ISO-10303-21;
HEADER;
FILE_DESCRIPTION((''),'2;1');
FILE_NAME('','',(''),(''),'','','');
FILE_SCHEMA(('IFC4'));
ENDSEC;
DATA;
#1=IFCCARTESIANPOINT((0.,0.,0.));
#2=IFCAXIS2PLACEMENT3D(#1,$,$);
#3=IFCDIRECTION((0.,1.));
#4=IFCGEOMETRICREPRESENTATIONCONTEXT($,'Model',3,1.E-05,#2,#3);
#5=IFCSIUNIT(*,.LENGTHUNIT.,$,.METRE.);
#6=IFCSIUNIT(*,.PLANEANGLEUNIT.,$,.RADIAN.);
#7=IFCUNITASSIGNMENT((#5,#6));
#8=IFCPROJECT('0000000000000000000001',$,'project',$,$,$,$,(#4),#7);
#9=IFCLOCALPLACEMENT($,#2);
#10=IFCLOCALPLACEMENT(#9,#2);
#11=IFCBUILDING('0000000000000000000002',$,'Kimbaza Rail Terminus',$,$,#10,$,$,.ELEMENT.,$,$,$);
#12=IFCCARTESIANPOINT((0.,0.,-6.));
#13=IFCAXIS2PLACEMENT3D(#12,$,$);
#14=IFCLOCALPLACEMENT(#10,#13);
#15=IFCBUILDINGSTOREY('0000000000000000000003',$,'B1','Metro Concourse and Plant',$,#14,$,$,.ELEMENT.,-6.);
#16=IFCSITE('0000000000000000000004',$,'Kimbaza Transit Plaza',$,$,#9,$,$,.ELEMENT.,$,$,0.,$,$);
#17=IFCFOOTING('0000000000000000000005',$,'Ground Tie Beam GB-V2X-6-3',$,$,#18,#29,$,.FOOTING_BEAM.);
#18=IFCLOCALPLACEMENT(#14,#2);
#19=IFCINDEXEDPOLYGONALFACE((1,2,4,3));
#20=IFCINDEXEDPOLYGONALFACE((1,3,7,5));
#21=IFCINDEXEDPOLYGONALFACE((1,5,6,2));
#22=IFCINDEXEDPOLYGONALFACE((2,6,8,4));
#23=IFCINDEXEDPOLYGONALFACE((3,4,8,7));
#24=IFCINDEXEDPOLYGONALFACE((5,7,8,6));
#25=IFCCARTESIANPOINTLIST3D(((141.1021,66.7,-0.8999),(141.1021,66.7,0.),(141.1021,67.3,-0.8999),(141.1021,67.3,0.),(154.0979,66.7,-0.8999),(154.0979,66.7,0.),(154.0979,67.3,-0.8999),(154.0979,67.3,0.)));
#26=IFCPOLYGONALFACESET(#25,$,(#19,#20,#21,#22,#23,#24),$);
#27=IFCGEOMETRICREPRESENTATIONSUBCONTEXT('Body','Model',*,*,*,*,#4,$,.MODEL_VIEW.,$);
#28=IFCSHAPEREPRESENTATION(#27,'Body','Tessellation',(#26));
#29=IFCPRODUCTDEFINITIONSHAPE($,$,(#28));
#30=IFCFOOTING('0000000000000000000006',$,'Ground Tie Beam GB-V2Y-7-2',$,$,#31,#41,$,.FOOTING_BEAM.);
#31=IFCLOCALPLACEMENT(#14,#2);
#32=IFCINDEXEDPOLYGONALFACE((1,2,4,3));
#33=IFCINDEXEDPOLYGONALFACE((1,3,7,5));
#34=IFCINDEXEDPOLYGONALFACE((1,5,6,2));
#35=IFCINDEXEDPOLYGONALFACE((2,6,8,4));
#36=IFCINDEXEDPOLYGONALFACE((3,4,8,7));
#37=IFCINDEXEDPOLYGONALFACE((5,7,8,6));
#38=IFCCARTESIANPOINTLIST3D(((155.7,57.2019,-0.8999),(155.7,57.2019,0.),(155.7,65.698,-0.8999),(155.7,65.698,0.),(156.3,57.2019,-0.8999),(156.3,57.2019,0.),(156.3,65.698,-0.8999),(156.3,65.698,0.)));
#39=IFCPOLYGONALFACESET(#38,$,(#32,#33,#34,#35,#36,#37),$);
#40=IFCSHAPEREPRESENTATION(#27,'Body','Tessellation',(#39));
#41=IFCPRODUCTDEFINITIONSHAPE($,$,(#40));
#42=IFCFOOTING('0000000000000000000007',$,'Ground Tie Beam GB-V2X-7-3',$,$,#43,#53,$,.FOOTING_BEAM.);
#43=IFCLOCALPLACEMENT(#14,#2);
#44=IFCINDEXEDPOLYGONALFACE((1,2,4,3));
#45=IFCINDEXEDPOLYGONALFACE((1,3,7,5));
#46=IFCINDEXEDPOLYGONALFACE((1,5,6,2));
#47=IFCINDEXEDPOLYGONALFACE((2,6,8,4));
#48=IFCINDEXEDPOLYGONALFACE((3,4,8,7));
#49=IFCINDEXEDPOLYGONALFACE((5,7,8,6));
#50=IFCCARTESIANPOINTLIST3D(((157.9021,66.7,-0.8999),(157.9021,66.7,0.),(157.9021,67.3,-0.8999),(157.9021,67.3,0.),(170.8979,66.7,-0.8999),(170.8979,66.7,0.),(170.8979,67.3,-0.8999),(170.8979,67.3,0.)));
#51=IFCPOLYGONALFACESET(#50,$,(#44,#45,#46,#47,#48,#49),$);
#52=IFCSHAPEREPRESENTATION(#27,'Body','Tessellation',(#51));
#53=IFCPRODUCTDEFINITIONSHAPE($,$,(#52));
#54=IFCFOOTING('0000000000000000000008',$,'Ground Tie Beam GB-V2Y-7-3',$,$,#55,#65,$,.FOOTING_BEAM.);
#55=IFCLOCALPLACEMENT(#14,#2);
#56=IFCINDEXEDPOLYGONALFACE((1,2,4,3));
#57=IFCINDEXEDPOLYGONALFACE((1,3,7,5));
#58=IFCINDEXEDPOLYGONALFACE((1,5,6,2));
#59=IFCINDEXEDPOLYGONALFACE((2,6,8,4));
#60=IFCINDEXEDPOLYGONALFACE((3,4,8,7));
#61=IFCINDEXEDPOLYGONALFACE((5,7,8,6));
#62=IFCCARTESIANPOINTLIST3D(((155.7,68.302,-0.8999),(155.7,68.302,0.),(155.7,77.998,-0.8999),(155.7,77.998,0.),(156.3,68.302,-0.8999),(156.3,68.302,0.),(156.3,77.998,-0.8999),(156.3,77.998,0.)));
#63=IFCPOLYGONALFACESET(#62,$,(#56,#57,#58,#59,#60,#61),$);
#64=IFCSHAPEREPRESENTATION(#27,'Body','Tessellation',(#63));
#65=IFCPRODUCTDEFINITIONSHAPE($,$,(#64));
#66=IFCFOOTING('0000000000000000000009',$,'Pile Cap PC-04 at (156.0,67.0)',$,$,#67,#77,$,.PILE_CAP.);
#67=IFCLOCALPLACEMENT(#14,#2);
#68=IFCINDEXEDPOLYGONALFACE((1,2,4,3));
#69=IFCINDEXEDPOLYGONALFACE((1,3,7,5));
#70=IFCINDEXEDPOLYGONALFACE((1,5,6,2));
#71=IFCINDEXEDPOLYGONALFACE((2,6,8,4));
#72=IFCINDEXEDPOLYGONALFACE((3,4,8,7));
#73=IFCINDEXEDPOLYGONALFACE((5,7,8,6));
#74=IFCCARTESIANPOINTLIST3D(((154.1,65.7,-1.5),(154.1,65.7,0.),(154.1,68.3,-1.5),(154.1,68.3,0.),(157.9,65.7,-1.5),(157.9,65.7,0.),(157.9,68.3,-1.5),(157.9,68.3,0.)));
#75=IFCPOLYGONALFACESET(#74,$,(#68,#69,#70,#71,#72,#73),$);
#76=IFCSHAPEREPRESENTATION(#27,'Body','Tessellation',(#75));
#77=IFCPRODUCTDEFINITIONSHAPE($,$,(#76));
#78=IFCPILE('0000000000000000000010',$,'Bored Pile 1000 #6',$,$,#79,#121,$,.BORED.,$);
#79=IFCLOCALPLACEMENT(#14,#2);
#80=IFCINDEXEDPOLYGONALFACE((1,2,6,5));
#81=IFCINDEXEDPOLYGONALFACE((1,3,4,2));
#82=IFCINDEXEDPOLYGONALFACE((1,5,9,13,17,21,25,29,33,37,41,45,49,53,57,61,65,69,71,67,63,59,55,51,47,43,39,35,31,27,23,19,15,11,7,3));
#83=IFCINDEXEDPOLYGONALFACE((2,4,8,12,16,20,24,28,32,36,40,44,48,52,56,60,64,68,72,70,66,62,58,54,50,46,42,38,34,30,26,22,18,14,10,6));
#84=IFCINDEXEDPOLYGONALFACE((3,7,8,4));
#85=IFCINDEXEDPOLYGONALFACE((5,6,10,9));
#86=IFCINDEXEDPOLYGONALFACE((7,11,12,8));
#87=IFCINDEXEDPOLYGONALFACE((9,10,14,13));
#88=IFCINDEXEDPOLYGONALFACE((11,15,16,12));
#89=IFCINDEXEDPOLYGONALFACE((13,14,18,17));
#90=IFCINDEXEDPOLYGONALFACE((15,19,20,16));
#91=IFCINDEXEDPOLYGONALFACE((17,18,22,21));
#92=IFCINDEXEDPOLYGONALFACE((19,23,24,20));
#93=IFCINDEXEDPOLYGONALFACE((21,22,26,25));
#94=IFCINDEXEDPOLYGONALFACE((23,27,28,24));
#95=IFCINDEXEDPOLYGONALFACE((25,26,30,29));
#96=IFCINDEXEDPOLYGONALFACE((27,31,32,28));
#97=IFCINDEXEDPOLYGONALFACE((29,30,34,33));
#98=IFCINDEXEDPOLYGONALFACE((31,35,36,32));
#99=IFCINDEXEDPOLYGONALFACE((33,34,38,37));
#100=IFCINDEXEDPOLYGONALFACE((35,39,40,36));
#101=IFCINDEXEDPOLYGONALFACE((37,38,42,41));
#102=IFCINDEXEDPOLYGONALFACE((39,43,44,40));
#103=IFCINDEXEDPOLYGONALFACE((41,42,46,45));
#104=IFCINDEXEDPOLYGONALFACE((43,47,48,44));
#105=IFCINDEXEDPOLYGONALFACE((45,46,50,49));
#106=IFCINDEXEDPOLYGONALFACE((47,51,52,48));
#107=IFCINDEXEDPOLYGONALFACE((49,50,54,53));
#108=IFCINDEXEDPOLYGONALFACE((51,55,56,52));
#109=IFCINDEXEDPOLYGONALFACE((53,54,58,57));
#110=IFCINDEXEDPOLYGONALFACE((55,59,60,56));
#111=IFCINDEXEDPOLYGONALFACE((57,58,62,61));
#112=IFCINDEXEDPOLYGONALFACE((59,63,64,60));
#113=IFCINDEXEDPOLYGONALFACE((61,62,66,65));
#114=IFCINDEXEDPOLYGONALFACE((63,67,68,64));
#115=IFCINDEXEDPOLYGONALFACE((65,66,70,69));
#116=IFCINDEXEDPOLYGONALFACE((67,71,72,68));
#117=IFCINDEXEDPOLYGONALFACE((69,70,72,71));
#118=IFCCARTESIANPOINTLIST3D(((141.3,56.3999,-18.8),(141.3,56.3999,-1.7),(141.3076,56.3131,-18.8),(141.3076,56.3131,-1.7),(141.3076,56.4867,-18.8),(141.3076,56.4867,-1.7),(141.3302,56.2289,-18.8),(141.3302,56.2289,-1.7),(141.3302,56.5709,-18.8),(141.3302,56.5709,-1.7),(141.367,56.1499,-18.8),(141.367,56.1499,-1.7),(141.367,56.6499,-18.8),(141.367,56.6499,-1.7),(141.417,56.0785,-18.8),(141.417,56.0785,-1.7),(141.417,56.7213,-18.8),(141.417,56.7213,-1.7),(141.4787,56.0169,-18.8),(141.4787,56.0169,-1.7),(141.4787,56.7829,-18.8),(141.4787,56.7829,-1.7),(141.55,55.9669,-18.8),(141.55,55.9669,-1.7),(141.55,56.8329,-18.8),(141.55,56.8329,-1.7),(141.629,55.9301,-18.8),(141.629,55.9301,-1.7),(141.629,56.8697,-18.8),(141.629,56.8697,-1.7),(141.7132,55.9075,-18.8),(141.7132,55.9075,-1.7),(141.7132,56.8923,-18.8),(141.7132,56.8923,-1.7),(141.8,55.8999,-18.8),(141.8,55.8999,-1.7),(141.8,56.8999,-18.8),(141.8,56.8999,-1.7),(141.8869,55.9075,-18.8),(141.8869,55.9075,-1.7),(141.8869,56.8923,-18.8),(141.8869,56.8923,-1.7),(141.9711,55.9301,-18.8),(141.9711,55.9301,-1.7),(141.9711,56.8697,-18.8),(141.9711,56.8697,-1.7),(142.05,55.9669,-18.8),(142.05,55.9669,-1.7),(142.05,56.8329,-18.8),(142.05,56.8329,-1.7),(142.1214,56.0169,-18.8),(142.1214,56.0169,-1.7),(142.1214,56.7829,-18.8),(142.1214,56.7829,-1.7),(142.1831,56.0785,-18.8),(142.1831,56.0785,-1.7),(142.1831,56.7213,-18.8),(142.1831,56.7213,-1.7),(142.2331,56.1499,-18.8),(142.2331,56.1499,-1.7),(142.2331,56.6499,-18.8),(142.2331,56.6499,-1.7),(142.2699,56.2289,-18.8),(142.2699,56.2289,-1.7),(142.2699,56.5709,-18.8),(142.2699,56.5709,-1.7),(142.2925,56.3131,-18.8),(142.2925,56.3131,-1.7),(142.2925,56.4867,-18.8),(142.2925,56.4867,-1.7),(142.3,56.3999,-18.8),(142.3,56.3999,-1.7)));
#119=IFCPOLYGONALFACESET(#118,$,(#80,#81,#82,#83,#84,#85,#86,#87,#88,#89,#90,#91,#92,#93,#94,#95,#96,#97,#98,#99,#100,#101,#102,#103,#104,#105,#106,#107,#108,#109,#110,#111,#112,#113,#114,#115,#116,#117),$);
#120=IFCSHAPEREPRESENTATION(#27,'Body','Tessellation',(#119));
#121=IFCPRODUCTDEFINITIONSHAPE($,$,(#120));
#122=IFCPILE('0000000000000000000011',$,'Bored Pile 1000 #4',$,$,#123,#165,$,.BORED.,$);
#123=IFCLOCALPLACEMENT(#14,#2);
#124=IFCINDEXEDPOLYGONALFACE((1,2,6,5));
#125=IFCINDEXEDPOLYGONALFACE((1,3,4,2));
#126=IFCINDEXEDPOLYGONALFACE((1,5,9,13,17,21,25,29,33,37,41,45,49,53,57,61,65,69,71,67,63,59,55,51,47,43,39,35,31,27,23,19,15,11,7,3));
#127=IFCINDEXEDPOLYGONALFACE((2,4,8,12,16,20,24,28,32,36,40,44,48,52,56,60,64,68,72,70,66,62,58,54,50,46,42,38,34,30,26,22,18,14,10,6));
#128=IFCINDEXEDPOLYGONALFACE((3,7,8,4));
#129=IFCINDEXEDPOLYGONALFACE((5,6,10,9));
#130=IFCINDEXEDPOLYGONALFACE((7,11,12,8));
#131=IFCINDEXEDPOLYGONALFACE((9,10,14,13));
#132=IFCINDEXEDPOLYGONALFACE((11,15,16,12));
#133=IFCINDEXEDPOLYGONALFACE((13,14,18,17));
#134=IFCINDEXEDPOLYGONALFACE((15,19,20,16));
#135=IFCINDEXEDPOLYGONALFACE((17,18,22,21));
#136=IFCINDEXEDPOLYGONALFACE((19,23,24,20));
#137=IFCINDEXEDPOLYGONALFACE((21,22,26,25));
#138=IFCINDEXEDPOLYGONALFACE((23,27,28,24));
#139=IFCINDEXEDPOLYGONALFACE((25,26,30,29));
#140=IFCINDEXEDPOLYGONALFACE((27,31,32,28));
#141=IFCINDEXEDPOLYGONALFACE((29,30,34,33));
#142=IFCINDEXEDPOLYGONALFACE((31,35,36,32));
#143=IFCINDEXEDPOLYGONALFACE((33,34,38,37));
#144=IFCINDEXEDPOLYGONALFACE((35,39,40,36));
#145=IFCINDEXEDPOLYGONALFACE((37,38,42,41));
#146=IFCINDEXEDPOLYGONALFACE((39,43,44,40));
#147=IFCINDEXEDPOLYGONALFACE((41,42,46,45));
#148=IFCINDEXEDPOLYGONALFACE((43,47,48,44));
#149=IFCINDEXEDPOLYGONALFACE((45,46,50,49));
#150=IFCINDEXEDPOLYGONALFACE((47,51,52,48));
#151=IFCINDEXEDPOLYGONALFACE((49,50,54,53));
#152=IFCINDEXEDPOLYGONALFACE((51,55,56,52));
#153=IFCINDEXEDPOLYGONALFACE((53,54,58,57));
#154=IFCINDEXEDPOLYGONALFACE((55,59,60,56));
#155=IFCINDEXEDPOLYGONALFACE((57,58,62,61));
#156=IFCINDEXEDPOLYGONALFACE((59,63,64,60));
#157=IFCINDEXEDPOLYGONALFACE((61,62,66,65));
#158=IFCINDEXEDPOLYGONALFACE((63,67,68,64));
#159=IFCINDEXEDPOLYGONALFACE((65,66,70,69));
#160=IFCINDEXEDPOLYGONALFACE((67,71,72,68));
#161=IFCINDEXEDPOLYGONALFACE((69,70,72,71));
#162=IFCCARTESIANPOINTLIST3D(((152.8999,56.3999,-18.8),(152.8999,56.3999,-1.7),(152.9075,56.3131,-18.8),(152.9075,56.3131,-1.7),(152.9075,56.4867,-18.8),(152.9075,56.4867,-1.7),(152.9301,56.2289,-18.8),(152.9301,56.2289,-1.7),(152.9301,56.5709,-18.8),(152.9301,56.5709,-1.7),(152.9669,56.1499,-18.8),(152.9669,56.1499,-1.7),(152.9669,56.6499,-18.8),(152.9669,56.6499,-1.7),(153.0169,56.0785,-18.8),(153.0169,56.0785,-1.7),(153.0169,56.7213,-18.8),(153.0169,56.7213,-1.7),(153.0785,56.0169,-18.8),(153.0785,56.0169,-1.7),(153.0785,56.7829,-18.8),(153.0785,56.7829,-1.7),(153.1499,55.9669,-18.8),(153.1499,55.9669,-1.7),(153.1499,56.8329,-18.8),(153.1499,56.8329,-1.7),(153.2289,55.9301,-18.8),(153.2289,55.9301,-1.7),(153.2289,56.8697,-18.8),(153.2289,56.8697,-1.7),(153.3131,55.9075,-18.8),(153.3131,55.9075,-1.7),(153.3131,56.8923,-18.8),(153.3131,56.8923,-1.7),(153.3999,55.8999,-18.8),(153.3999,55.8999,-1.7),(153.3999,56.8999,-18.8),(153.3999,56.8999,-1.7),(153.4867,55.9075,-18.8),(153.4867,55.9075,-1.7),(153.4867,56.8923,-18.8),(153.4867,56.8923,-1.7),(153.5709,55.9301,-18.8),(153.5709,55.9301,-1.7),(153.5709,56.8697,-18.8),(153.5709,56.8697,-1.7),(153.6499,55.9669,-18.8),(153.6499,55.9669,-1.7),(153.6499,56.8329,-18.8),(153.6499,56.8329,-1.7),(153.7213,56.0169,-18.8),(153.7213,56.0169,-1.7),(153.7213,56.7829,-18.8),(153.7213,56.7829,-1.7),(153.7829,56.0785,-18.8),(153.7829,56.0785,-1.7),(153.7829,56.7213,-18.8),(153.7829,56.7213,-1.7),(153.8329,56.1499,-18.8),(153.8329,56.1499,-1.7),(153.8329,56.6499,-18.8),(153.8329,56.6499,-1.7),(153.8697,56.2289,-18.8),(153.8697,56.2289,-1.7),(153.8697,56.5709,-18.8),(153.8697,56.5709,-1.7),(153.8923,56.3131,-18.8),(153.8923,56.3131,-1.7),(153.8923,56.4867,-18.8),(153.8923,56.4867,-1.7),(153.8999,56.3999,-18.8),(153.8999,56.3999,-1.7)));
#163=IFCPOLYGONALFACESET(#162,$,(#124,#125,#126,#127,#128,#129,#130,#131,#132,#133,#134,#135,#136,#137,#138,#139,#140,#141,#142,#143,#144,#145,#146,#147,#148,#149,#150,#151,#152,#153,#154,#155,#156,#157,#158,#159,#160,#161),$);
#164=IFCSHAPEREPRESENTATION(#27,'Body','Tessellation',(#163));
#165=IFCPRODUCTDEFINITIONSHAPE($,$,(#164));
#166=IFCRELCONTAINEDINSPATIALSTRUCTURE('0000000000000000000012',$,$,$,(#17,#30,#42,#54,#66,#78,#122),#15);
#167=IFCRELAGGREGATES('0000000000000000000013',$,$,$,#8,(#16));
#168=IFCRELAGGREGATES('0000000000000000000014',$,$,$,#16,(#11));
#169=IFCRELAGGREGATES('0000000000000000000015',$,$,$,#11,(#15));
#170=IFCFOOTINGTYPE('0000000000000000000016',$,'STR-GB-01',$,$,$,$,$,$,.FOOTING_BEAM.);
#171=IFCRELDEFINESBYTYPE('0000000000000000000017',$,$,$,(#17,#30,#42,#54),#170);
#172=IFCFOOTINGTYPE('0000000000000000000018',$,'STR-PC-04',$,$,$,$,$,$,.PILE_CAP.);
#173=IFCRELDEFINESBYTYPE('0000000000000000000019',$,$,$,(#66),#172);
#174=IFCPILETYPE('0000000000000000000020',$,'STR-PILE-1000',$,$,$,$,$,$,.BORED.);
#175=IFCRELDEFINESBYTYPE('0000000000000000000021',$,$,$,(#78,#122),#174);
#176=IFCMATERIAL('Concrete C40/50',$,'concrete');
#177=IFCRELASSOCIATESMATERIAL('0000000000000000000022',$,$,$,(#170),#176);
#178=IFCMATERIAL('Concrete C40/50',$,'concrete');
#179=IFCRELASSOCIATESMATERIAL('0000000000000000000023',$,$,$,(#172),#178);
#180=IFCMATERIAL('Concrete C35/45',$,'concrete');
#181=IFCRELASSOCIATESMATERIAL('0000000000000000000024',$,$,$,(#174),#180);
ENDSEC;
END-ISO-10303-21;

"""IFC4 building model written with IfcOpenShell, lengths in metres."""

from ifc_helpers import new_model, si_unit, direction, frame, origin, origin_2d, place, context, subcontext, project, spatial, rectangle, circle, extrude, material, material_profile, profile_set, type_object, element, save


model = new_model("IFC4")

# Units and contexts
model_context = context("Model", 3, precision=1e-05, world=origin(), true_north=direction((0.0, 1.0)))
body_context = subcontext(model_context, "Body", "Model", "MODEL_VIEW")
ifc_project = project(units=[si_unit("LENGTHUNIT", "METRE"), si_unit("PLANEANGLEUNIT", "RADIAN")], contexts=[model_context])

# Site, building, storey
site_placement = place(None, origin())
site = spatial("IfcSite", under=ifc_project, at=site_placement, Name="Kimbaza Transit Plaza", CompositionType="ELEMENT", RefElevation=0.0)
building_placement = place(site_placement, origin())
building = spatial("IfcBuilding", under=site, at=building_placement, Name="Kimbaza Rail Terminus", CompositionType="ELEMENT")
storey_placement = place(building_placement, frame((0.0, 0.0, -6.0)))
storey = spatial("IfcBuildingStorey", under=building, at=storey_placement, Name="B1", Description="Metro Concourse and Plant", CompositionType="ELEMENT", Elevation=-6.0)

# Footings
ifc_material_1 = material(Name="Concrete C40/50", Category="concrete")
ifc_material_profile_1 = material_profile(ifc_material_1, rectangle(XDim=0.6001, YDim=0.8999, at=origin_2d()), Name="GB-01 600x900")
ifc_profile_set_1 = profile_set([ifc_material_profile_1], Name="Concrete C40/50")
footing_type_1 = type_object("IfcFootingType", Name="STR-GB-01", PredefinedType="FOOTING_BEAM", material=ifc_profile_set_1)
footing_1_placement = place(storey_placement, frame((141.1021, 67.0, -0.45), z_axis=(1.0, 0.0, 0.0), x_axis=(0.0, 1.0, 0.0)))
element("IfcFooting", 1, at=footing_1_placement, inside=storey, type_object=footing_type_1, Name="Ground Tie Beam GB-V2X-6-3", PredefinedType="FOOTING_BEAM", context=body_context, shape_type="SweptSolid", body=[
    extrude(rectangle(XDim=0.6001, YDim=0.8999, at=origin_2d()), origin(), (0.0, 0.0, 1.0), 12.9958),
])
footing_2_placement = place(storey_placement, frame((156.0, 57.2019, -0.45), z_axis=(0.0, 1.0, 0.0), x_axis=(-1.0, 0.0, 0.0)))
element("IfcFooting", 2, at=footing_2_placement, inside=storey, type_object=footing_type_1, Name="Ground Tie Beam GB-V2Y-7-2", PredefinedType="FOOTING_BEAM", context=body_context, shape_type="SweptSolid", body=[
    extrude(rectangle(XDim=0.6001, YDim=0.8999, at=origin_2d()), origin(), (0.0, 0.0, 1.0), 8.4961),
])
footing_3_placement = place(storey_placement, frame((157.9021, 67.0, -0.45), z_axis=(1.0, 0.0, 0.0), x_axis=(0.0, 1.0, 0.0)))
element("IfcFooting", 3, at=footing_3_placement, inside=storey, type_object=footing_type_1, Name="Ground Tie Beam GB-V2X-7-3", PredefinedType="FOOTING_BEAM", context=body_context, shape_type="SweptSolid", body=[
    extrude(rectangle(XDim=0.6001, YDim=0.8999, at=origin_2d()), origin(), (0.0, 0.0, 1.0), 12.9958),
])
footing_4_placement = place(storey_placement, frame((156.0, 68.302, -0.45), z_axis=(0.0, 1.0, 0.0), x_axis=(-1.0, 0.0, 0.0)))
element("IfcFooting", 4, at=footing_4_placement, inside=storey, type_object=footing_type_1, Name="Ground Tie Beam GB-V2Y-7-3", PredefinedType="FOOTING_BEAM", context=body_context, shape_type="SweptSolid", body=[
    extrude(rectangle(XDim=0.6001, YDim=0.8999, at=origin_2d()), origin(), (0.0, 0.0, 1.0), 9.696),
])
ifc_material_2 = material(Name="Concrete C40/50", Category="concrete")
footing_type_2 = type_object("IfcFootingType", Name="STR-PC-04", PredefinedType="PILE_CAP", material=ifc_material_2)
footing_5_placement = place(storey_placement, frame((156.0, 67.0, -1.5), z_axis=(0.0, 0.0, 1.0), x_axis=(1.0, 0.0, 0.0)))
element("IfcFooting", 5, at=footing_5_placement, inside=storey, type_object=footing_type_2, Name="Pile Cap PC-04 at (156.0,67.0)", PredefinedType="PILE_CAP", context=body_context, shape_type="SweptSolid", body=[
    extrude(rectangle(XDim=3.8, YDim=2.6001, at=origin_2d()), origin(), (0.0, 0.0, 1.0), 1.5),
])

# Piles
ifc_material_3 = material(Name="Concrete C35/45", Category="concrete")
ifc_material_profile_2 = material_profile(ifc_material_3, circle(Radius=0.5, at=origin_2d()), Name="BORED PILE 1000")
ifc_profile_set_2 = profile_set([ifc_material_profile_2], Name="Concrete C35/45")
pile_type_1 = type_object("IfcPileType", Name="STR-PILE-1000", PredefinedType="BORED", material=ifc_profile_set_2)
for number, where, z_axis, x_axis, name in (
    (6, (141.8, 56.3999, -1.7), (0.0, 0.0, -1.0), (1.0, 0.0, 0.0), "Bored Pile 1000 #6"),
    (7, (153.3999, 56.3999, -1.7), (0.0, 0.0, -1.0), (1.0, 0.0, 0.0), "Bored Pile 1000 #4"),
):
    element("IfcPile", number, at=place(storey_placement, frame(where, z_axis=z_axis, x_axis=x_axis)), inside=storey, type_object=pile_type_1, Name=name, PredefinedType="BORED", context=body_context, shape_type="SweptSolid", body=[
        extrude(circle(Radius=0.5, at=origin_2d()), origin(), (0.0, 0.0, 1.0), 17.1001),
    ])

save(model, "model.ifc")
